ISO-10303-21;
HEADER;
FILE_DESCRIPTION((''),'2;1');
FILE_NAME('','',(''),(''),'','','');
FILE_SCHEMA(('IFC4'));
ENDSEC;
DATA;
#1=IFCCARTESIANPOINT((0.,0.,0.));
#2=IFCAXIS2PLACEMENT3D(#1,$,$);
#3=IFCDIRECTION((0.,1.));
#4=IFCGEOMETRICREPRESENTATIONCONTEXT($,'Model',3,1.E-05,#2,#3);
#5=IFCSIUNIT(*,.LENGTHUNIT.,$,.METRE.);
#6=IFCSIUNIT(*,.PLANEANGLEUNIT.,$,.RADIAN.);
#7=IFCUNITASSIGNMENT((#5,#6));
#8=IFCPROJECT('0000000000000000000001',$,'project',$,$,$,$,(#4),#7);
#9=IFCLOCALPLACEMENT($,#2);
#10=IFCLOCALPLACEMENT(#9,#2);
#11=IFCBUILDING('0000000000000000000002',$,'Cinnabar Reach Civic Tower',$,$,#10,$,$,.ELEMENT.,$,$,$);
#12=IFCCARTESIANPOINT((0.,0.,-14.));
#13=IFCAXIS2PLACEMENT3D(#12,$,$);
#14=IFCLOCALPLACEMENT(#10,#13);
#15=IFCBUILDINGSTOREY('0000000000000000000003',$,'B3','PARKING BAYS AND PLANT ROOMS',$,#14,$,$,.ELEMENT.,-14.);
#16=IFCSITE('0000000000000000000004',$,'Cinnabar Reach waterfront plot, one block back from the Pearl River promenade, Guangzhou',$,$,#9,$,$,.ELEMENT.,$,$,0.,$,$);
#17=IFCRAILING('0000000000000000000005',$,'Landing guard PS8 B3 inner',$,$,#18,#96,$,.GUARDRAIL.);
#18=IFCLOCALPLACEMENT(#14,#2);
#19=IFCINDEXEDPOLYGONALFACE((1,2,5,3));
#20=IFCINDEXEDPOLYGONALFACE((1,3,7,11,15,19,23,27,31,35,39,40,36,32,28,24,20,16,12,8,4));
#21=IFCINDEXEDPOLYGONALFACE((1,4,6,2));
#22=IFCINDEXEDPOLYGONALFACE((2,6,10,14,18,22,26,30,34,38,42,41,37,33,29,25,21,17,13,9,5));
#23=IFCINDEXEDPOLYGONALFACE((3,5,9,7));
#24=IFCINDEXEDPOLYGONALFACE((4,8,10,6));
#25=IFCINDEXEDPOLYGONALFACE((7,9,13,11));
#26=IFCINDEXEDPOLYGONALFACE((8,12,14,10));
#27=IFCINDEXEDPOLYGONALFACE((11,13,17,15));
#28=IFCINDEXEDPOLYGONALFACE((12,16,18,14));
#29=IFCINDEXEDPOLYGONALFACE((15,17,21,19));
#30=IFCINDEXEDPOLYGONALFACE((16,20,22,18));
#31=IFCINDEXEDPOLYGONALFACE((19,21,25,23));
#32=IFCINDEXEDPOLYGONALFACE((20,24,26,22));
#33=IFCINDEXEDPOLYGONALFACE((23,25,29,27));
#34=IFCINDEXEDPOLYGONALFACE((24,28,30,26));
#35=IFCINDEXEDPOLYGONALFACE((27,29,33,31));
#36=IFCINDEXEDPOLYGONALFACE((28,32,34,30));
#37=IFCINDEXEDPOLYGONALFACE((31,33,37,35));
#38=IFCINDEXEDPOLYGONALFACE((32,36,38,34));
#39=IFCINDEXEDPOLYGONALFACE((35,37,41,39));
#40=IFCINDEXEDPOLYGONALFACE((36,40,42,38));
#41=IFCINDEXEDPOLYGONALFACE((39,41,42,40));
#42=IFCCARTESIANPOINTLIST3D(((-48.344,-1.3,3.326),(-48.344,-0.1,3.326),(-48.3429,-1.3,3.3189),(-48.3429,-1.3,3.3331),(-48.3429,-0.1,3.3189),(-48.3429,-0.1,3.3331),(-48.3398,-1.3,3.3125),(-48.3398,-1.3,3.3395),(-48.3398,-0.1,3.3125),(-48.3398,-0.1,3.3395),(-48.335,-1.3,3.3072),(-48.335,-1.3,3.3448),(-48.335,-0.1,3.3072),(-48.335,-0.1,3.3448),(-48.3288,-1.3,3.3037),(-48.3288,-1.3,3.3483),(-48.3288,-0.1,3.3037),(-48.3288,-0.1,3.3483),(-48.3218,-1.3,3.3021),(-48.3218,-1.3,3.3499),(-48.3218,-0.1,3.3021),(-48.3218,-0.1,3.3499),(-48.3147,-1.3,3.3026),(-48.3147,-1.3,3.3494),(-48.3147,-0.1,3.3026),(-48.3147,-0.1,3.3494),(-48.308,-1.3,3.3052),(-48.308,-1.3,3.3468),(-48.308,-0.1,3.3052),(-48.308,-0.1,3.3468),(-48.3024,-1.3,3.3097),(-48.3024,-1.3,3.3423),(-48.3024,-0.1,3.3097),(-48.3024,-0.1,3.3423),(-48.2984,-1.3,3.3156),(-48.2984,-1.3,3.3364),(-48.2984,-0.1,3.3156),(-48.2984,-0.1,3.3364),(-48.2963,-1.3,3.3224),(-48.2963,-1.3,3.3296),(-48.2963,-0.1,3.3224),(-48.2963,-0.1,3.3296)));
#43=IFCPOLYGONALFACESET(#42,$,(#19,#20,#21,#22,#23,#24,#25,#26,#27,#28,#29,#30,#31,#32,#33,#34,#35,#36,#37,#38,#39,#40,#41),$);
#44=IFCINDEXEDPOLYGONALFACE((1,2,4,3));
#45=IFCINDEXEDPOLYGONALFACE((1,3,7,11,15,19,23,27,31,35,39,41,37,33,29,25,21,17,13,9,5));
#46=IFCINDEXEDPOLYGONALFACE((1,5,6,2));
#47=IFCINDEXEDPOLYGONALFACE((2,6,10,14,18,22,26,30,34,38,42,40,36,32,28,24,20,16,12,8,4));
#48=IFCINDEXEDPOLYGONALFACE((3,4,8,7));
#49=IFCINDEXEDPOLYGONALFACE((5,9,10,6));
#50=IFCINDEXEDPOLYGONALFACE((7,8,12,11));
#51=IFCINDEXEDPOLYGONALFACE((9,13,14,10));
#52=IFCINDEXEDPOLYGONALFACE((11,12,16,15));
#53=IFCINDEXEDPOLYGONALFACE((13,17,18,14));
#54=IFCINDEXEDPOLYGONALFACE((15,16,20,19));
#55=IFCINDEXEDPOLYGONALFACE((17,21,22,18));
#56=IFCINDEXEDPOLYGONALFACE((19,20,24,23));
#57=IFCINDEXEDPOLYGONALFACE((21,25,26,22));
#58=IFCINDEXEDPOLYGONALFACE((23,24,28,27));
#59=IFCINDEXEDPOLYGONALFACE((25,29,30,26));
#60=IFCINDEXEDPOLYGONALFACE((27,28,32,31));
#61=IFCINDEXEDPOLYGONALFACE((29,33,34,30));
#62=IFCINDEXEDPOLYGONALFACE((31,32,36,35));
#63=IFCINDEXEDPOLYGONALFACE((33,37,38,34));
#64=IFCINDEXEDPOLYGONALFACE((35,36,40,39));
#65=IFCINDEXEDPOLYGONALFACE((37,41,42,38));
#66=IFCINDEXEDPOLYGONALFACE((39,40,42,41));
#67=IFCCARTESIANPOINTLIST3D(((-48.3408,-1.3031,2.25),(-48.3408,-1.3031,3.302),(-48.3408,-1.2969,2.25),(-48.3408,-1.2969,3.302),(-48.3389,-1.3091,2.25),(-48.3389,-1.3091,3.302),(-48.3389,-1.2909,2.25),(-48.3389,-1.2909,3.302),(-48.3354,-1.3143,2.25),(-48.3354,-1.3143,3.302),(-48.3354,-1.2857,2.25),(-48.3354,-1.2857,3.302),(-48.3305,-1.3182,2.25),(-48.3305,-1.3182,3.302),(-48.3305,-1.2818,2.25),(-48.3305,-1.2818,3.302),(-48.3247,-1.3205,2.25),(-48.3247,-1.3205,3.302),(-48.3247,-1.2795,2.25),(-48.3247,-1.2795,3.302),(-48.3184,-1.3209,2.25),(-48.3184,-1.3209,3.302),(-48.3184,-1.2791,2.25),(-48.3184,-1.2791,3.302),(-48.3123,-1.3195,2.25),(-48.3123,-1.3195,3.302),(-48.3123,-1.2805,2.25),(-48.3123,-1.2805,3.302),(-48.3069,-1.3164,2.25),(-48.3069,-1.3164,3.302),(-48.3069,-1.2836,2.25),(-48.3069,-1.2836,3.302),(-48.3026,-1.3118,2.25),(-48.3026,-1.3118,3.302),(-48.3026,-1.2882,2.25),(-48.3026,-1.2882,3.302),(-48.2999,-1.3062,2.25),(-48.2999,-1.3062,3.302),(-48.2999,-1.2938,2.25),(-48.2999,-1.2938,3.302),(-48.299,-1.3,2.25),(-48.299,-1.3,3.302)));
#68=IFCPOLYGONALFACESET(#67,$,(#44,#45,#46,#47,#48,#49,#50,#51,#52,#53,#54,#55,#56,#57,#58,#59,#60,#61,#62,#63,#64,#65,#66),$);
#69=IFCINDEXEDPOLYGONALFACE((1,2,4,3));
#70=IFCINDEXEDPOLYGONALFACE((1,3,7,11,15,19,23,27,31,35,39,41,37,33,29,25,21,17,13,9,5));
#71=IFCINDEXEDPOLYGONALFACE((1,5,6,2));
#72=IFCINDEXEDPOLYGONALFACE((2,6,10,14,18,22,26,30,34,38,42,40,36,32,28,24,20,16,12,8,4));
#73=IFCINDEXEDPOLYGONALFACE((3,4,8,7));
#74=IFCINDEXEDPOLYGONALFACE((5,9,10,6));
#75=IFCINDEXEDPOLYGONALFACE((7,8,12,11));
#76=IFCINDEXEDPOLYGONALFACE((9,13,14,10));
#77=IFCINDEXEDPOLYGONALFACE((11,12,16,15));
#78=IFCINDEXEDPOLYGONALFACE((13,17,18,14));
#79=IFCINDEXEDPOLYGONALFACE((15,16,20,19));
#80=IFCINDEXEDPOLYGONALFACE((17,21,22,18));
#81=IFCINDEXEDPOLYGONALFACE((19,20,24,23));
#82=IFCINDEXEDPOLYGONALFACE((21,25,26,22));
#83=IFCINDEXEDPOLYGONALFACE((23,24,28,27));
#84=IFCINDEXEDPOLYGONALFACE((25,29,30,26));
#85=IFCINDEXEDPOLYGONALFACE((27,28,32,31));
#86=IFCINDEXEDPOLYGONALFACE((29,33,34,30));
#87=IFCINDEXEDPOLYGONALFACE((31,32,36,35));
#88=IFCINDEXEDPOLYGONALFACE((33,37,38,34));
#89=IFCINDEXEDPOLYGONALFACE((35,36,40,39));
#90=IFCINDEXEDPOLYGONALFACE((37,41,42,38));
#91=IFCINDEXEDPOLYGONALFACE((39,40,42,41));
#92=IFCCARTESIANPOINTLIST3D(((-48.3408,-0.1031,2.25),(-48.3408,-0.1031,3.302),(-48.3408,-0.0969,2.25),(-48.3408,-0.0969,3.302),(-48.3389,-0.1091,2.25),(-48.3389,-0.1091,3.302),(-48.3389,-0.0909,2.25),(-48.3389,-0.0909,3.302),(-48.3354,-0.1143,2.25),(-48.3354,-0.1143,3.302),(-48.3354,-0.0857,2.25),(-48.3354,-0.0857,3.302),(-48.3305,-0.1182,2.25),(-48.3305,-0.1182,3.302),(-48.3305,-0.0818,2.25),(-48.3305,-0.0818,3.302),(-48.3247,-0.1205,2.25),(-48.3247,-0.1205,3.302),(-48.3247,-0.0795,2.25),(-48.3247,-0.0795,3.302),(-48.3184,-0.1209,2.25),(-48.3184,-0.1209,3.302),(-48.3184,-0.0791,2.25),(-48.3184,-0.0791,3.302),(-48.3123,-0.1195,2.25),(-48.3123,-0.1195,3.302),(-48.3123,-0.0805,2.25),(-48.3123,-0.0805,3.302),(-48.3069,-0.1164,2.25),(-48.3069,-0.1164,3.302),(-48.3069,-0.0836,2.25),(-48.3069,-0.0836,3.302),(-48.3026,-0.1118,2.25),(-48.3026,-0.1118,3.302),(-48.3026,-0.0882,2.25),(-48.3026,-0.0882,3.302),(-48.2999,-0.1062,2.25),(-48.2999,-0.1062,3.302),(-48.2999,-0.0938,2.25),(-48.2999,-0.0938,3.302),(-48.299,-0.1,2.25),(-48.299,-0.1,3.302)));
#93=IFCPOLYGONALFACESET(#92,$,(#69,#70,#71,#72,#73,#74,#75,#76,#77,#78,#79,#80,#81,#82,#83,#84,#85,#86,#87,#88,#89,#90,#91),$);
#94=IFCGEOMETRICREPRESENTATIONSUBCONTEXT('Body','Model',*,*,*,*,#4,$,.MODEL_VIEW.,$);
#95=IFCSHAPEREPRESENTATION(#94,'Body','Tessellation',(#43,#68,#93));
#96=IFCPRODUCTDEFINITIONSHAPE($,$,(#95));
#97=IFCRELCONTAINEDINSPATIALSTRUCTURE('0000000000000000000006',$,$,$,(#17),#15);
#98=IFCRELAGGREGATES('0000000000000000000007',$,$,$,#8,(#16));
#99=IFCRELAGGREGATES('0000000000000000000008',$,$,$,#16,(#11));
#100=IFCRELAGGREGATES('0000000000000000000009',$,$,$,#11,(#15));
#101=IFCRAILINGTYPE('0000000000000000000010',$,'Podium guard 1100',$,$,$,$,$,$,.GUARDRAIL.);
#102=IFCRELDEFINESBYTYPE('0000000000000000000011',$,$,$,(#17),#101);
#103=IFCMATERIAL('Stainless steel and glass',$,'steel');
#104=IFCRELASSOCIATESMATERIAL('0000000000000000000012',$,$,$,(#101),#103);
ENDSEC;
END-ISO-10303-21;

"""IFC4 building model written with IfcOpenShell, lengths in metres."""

from ifc_helpers import new_model, si_unit, direction, frame, origin, origin_2d, place, context, subcontext, project, spatial, circle, extrude, material, type_object, element, save


model = new_model("IFC4")

# Units and contexts
model_context = context("Model", 3, precision=1e-05, world=origin(), true_north=direction((0.0, 1.0)))
body_context = subcontext(model_context, "Body", "Model", "MODEL_VIEW")
ifc_project = project(units=[si_unit("LENGTHUNIT", "METRE"), si_unit("PLANEANGLEUNIT", "RADIAN")], contexts=[model_context])

# Site, building, storey
site_placement = place(None, origin())
site = spatial("IfcSite", under=ifc_project, at=site_placement, Name="Cinnabar Reach waterfront plot, one block back from the Pearl River promenade, Guangzhou", CompositionType="ELEMENT", RefElevation=0.0)
building_placement = place(site_placement, origin())
building = spatial("IfcBuilding", under=site, at=building_placement, Name="Cinnabar Reach Civic Tower", CompositionType="ELEMENT")
storey_placement = place(building_placement, frame((0.0, 0.0, -14.0)))
storey = spatial("IfcBuildingStorey", under=building, at=storey_placement, Name="B3", Description="PARKING BAYS AND PLANT ROOMS", CompositionType="ELEMENT", Elevation=-14.0)

# Railing
ifc_material_1 = material(Name="Stainless steel and glass", Category="steel")
railing_type = type_object("IfcRailingType", Name="Podium guard 1100", PredefinedType="GUARDRAIL", material=ifc_material_1)
railing_1_placement = place(storey_placement, frame((-48.32, -1.3, 2.25)))
element("IfcRailing", 1, at=railing_1_placement, inside=storey, type_object=railing_type, Name="Landing guard PS8 B3 inner", PredefinedType="GUARDRAIL", context=body_context, shape_type="SweptSolid", body=[
    extrude(circle(Radius=0.024, at=origin_2d()), frame((0.0, 0.0, 1.076), z_axis=(0.0, 1.0, 0.0), x_axis=(-1.0, 0.0, 0.0)), (0.0, 0.0, 1.0), 1.2),
    extrude(circle(Radius=0.021, at=origin_2d()), origin(), (0.0, 0.0, 1.0), 1.052),
    extrude(circle(Radius=0.021, at=origin_2d()), frame((0.0, 1.2, 0.0)), (0.0, 0.0, 1.0), 1.052),
])

save(model, "model.ifc")
